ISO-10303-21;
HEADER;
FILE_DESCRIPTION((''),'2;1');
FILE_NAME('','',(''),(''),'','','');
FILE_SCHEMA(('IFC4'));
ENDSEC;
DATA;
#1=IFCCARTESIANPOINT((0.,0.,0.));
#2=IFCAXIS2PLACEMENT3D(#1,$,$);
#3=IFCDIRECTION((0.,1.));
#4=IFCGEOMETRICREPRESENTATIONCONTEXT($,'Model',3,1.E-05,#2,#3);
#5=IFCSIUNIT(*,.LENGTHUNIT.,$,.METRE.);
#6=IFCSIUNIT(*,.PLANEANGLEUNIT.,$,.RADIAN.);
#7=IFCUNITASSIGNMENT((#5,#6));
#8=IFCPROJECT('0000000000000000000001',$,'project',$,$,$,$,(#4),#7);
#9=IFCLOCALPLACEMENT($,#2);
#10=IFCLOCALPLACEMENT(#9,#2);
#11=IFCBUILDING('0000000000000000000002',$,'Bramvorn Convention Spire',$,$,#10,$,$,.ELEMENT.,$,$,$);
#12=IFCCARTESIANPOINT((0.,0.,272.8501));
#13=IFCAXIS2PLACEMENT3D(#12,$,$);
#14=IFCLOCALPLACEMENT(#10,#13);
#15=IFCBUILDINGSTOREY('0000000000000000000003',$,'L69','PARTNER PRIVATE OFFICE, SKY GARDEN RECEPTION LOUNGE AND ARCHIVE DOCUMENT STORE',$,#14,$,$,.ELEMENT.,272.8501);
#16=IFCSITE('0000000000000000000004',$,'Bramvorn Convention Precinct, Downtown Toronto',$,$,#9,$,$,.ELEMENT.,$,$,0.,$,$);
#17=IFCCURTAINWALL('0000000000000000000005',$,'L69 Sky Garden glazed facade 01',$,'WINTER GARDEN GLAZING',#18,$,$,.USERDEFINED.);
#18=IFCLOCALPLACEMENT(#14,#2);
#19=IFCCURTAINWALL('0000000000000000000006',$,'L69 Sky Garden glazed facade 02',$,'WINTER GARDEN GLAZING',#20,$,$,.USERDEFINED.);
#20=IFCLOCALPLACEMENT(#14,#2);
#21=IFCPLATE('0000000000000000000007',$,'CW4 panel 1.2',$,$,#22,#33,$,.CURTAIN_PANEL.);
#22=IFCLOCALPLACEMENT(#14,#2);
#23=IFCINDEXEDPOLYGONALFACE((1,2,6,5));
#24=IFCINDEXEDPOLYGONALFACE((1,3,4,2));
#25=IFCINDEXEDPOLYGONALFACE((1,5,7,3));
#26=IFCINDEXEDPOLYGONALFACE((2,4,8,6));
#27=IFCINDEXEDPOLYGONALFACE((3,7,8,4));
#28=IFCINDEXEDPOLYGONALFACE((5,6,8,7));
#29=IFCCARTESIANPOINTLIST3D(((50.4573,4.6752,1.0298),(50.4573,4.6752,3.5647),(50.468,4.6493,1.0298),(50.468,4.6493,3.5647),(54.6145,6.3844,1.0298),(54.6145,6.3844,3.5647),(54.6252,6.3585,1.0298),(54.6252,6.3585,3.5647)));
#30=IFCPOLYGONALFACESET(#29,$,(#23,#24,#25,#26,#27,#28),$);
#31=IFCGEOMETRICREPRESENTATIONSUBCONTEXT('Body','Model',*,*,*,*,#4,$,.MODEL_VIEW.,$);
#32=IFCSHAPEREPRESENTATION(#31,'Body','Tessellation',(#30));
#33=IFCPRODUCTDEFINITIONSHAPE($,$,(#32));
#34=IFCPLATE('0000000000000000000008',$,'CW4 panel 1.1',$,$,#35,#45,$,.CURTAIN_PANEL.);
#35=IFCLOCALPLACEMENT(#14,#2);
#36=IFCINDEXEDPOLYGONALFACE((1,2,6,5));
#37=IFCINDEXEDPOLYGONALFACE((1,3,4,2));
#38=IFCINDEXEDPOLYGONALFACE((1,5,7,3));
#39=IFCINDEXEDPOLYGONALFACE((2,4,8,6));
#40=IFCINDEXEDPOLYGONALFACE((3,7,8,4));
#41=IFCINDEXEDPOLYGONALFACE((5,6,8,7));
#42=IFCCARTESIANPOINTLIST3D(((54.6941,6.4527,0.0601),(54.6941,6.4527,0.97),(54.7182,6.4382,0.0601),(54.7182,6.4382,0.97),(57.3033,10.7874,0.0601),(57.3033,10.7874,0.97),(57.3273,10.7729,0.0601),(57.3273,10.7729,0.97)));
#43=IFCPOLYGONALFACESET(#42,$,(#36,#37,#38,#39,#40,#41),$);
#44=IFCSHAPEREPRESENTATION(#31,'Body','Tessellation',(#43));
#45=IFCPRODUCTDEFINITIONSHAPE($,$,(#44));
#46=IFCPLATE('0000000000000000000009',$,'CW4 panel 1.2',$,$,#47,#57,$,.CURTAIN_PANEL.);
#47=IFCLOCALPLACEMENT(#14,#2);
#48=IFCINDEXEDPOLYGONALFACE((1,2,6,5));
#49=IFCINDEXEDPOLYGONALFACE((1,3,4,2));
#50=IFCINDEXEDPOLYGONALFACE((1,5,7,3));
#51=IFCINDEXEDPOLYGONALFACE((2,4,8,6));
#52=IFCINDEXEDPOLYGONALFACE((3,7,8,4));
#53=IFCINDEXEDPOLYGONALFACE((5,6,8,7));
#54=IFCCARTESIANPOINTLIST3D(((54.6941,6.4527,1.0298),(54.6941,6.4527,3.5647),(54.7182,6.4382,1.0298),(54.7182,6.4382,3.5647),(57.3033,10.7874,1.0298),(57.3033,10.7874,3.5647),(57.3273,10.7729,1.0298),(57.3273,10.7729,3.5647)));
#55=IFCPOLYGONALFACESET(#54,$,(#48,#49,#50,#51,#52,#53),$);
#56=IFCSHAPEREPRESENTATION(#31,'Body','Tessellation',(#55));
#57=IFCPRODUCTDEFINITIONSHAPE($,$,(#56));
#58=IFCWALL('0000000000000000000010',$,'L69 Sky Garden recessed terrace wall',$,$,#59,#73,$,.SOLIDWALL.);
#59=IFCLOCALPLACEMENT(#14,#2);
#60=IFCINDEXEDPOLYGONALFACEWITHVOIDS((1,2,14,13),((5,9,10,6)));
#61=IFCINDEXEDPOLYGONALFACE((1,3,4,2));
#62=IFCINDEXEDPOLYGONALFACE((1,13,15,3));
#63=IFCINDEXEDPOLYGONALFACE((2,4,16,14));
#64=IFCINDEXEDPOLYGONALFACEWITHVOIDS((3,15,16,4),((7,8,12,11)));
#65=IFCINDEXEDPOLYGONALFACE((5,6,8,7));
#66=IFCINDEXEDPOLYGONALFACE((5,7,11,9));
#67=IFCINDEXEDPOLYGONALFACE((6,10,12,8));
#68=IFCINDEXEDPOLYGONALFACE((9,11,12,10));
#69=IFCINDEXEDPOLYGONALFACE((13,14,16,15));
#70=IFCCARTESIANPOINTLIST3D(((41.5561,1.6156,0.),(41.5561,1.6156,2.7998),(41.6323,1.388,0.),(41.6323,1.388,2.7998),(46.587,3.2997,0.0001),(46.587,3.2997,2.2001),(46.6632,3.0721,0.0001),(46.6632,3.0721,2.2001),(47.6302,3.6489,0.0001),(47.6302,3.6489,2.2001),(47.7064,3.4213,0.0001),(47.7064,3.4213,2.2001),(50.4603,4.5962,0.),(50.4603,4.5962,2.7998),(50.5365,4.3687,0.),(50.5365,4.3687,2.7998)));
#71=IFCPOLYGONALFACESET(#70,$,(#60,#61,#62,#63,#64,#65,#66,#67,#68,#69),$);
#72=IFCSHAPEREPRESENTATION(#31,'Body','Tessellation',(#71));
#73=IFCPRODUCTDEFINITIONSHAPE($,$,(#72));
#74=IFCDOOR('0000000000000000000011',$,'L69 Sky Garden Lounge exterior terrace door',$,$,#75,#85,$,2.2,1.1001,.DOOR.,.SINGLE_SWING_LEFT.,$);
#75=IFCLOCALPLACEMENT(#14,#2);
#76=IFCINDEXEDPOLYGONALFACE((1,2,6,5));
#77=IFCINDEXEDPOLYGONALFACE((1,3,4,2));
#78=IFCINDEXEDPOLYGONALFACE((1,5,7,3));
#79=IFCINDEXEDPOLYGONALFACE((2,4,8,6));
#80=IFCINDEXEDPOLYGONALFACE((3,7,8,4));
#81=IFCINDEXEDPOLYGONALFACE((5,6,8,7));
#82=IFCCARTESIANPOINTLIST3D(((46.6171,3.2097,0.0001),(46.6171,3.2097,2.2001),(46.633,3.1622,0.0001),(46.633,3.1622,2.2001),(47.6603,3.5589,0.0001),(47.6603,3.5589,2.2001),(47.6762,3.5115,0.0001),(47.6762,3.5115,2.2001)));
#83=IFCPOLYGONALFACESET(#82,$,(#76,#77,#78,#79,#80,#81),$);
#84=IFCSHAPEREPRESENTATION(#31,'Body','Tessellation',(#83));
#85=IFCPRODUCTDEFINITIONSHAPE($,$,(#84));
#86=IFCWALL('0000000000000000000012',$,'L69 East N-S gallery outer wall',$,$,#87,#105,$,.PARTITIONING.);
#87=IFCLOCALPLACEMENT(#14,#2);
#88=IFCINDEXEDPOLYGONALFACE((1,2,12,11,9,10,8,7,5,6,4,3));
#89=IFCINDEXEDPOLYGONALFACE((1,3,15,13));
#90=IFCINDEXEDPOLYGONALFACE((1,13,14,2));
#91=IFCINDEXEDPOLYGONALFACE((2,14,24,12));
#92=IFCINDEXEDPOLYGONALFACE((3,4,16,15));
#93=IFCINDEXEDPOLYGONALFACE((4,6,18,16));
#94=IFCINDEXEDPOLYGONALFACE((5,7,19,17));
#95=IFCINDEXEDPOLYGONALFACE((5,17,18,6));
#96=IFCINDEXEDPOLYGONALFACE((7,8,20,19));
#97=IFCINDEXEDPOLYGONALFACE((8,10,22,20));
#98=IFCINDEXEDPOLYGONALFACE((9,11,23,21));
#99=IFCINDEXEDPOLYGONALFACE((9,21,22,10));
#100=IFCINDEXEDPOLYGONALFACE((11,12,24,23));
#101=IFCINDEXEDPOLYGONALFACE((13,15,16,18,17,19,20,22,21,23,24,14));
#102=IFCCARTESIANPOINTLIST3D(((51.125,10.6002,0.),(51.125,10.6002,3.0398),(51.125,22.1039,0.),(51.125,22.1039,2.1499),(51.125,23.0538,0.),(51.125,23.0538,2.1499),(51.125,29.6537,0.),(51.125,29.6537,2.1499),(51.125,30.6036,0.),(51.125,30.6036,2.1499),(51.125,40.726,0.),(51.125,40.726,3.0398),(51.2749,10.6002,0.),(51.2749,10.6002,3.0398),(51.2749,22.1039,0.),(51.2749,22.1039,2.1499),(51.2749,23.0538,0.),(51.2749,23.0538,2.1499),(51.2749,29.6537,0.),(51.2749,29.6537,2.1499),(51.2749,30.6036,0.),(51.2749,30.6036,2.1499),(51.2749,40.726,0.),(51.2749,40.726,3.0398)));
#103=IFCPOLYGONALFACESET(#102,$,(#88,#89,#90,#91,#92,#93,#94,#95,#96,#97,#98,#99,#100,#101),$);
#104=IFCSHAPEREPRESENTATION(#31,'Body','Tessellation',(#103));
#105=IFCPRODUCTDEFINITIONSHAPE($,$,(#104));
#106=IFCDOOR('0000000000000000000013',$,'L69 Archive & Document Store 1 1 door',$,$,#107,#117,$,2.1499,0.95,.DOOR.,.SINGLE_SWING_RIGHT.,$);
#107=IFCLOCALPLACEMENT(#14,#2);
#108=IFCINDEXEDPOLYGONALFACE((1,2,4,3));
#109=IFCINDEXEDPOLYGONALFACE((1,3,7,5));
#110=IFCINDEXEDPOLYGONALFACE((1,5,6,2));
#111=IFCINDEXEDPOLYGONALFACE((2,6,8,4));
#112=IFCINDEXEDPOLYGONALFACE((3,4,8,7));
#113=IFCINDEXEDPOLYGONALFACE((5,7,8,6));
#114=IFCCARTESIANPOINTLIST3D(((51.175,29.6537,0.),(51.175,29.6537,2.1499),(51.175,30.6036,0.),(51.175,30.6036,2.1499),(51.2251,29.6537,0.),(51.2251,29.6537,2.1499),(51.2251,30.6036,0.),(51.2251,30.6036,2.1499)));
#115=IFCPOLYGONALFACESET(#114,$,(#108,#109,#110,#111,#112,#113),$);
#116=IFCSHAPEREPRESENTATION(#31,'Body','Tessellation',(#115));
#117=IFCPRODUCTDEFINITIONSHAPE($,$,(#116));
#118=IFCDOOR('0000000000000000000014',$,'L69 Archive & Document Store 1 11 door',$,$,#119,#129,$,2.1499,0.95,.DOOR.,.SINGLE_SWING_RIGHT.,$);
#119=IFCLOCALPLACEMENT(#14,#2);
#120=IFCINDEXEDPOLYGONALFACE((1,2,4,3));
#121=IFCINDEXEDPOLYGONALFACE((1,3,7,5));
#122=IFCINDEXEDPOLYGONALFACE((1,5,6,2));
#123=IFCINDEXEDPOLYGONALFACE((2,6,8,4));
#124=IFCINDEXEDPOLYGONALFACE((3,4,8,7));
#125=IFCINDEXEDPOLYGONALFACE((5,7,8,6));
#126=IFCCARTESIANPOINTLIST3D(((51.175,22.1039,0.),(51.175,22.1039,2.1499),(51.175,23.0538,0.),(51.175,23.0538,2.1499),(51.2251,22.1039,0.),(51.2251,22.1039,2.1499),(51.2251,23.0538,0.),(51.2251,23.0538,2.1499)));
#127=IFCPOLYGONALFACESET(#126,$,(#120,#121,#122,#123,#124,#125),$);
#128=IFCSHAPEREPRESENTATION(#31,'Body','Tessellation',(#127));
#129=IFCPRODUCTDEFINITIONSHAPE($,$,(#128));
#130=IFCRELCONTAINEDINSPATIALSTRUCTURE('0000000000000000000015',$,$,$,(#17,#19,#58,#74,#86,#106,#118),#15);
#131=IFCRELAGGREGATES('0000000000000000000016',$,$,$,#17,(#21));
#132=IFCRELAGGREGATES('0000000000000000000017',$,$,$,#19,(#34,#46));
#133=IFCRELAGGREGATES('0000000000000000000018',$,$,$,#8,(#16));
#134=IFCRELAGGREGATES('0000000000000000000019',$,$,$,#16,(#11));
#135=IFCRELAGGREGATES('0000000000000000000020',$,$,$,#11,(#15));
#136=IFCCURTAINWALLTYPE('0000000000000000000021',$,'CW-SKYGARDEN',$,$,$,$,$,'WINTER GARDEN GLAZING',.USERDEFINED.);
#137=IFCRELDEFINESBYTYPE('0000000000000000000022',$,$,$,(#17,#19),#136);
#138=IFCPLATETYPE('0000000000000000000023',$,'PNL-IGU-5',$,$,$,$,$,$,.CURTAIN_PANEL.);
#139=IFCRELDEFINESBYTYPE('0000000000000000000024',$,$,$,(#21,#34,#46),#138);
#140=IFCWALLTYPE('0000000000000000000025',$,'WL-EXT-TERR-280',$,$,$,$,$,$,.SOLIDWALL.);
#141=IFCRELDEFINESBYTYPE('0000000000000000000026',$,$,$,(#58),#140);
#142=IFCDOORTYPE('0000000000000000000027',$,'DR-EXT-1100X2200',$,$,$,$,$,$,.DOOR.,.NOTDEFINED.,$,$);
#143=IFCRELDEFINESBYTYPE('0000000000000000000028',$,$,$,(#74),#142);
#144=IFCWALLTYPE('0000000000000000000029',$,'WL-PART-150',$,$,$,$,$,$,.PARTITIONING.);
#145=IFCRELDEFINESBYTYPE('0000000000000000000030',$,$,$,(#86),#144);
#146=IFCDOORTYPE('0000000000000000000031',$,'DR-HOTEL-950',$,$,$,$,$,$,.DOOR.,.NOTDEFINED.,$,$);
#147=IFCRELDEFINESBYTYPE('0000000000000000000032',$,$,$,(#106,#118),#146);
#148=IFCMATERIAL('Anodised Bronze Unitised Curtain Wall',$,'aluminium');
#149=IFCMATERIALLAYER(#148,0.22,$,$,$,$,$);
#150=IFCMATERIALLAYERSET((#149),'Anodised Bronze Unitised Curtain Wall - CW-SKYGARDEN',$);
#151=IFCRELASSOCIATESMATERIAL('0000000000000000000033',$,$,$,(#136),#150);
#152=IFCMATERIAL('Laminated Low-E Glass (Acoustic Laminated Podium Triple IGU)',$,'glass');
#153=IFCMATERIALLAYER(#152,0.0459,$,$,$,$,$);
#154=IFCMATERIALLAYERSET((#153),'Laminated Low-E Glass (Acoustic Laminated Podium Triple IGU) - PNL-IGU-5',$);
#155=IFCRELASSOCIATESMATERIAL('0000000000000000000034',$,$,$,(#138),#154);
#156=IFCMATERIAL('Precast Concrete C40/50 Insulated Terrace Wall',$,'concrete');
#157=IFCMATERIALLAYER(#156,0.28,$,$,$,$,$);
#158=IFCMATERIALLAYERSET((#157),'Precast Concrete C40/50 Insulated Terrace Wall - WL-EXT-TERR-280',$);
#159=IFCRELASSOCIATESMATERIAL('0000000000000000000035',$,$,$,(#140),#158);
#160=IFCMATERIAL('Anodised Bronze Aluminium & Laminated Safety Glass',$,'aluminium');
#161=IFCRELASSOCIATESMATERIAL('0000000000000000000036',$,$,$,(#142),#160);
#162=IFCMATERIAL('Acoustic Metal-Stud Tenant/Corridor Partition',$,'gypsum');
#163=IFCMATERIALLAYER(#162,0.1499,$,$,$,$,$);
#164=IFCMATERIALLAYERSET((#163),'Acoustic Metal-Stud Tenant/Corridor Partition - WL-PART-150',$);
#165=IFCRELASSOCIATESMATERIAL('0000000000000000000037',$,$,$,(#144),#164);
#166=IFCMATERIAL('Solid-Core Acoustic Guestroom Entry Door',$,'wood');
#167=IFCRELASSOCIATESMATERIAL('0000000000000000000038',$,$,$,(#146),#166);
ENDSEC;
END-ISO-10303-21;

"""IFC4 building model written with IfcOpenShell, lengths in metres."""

from ifc_helpers import new_model, si_unit, direction, frame, frame_2d, origin, origin_2d, place, context, subcontext, project, spatial, rectangle, extrude, material, layer, layer_set, type_object, element, fill, aggregate, save


model = new_model("IFC4")

# Units and contexts
model_context = context("Model", 3, precision=1e-05, world=origin(), true_north=direction((0.0, 1.0)))
body_context = subcontext(model_context, "Body", "Model", "MODEL_VIEW")
ifc_project = project(units=[si_unit("LENGTHUNIT", "METRE"), si_unit("PLANEANGLEUNIT", "RADIAN")], contexts=[model_context])

# Site, building, storey
site_placement = place(None, origin())
site = spatial("IfcSite", under=ifc_project, at=site_placement, Name="Bramvorn Convention Precinct, Downtown Toronto", CompositionType="ELEMENT", RefElevation=0.0)
building_placement = place(site_placement, origin())
building = spatial("IfcBuilding", under=site, at=building_placement, Name="Bramvorn Convention Spire", CompositionType="ELEMENT")
storey_placement = place(building_placement, frame((0.0, 0.0, 272.8501)))
storey = spatial("IfcBuildingStorey", under=building, at=storey_placement, Name="L69", Description="PARTNER PRIVATE OFFICE, SKY GARDEN RECEPTION LOUNGE AND ARCHIVE DOCUMENT STORE", CompositionType="ELEMENT", Elevation=272.8501)

# Curtain wall
ifc_material_1 = material(Name="Anodised Bronze Unitised Curtain Wall", Category="aluminium")
ifc_layer_1 = layer(ifc_material_1, 0.22)
ifc_layer_set_1 = layer_set([ifc_layer_1], Name="Anodised Bronze Unitised Curtain Wall - CW-SKYGARDEN")
curtain_wall_type = type_object("IfcCurtainWallType", Name="CW-SKYGARDEN", ElementType="WINTER GARDEN GLAZING", PredefinedType="USERDEFINED", material=ifc_layer_set_1)
curtain_wall_1_placement = place(storey_placement, origin())
curtain_wall_1 = element("IfcCurtainWall", 1, at=curtain_wall_1_placement, inside=storey, type_object=curtain_wall_type, Name="L69 Sky Garden glazed facade 01", ObjectType="WINTER GARDEN GLAZING", PredefinedType="USERDEFINED")

# Curtain wall
curtain_wall_2_placement = place(storey_placement, origin())
curtain_wall_2 = element("IfcCurtainWall", 2, at=curtain_wall_2_placement, inside=storey, type_object=curtain_wall_type, Name="L69 Sky Garden glazed facade 02", ObjectType="WINTER GARDEN GLAZING", PredefinedType="USERDEFINED")

# Plates
ifc_material_2 = material(Name="Laminated Low-E Glass (Acoustic Laminated Podium Triple IGU)", Category="glass")
ifc_layer_2 = layer(ifc_material_2, 0.0459)
ifc_layer_set_2 = layer_set([ifc_layer_2], Name="Laminated Low-E Glass (Acoustic Laminated Podium Triple IGU) - PNL-IGU-5")
plate_type = type_object("IfcPlateType", Name="PNL-IGU-5", PredefinedType="CURTAIN_PANEL", material=ifc_layer_set_2)
plate_1_placement = place(storey_placement, frame((52.5413, 5.5168, 1.0298), z_axis=(0.0, 0.0, 1.0), x_axis=(-0.92488, -0.380258, 0.0)))
plate_1 = element("IfcPlate", 3, at=plate_1_placement, type_object=plate_type, Name="CW4 panel 1.2", PredefinedType="CURTAIN_PANEL", context=body_context, shape_type="SweptSolid", body=[
    extrude(rectangle(XDim=4.4949, YDim=0.0281, at=origin_2d()), origin(), (0.0, 0.0, 1.0), 2.5349),
])
aggregate(curtain_wall_1, [plate_1])
plate_2_placement = place(storey_placement, frame((56.0107, 8.6128, 0.0601), z_axis=(0.0, 0.0, 1.0), x_axis=(-0.51571, -0.856763, 0.0)))
plate_2 = element("IfcPlate", 4, at=plate_2_placement, type_object=plate_type, Name="CW4 panel 1.1", PredefinedType="CURTAIN_PANEL", context=body_context, shape_type="SweptSolid", body=[
    extrude(rectangle(XDim=5.0593, YDim=0.0281, at=origin_2d()), origin(), (0.0, 0.0, 1.0), 0.9099),
])
plate_3_placement = place(storey_placement, frame((56.0107, 8.6128, 1.0298), z_axis=(0.0, 0.0, 1.0), x_axis=(-0.51571, -0.856763, 0.0)))
plate_3 = element("IfcPlate", 5, at=plate_3_placement, type_object=plate_type, Name="CW4 panel 1.2", PredefinedType="CURTAIN_PANEL", context=body_context, shape_type="SweptSolid", body=[
    extrude(rectangle(XDim=5.0593, YDim=0.0281, at=origin_2d()), origin(), (0.0, 0.0, 1.0), 2.5349),
])
aggregate(curtain_wall_2, [plate_2, plate_3])

# Wall, opening, door
ifc_material_3 = material(Name="Precast Concrete C40/50 Insulated Terrace Wall", Category="concrete")
ifc_layer_3 = layer(ifc_material_3, 0.28)
ifc_layer_set_3 = layer_set([ifc_layer_3], Name="Precast Concrete C40/50 Insulated Terrace Wall - WL-EXT-TERR-280")
wall_type_1 = type_object("IfcWallType", Name="WL-EXT-TERR-280", PredefinedType="SOLIDWALL", material=ifc_layer_set_3)
wall_1_placement = place(storey_placement, frame((50.4983, 4.4824, 0.0), z_axis=(0.0, 0.0, 1.0), x_axis=(-0.94828, -0.317437, 0.0)))
wall_1 = element("IfcWall", 6, at=wall_1_placement, inside=storey, type_object=wall_type_1, Name="L69 Sky Garden recessed terrace wall", PredefinedType="SOLIDWALL", context=body_context, shape_type="SweptSolid", body=[
    extrude(rectangle(XDim=9.3899, YDim=0.24, at=frame_2d((4.6948, 0.0))), origin(), (0.0, 0.0, 1.0), 2.7998),
])
opening_1_placement = place(wall_1_placement, frame((2.9844, 0.0, 0.0)))
opening_1 = element("IfcOpeningElement", 7, at=opening_1_placement, cuts=wall_1, PredefinedType="OPENING", context=body_context, shape_type="SweptSolid", body=[
    extrude(rectangle(XDim=1.1001, YDim=2.2, at=frame_2d((0.55, 1.1001))), frame((0.0, 0.1299, 0.0), z_axis=(0.0, -1.0, 0.0), x_axis=(1.0, 0.0, 0.0)), (0.0, 0.0, 1.0), 0.26),
])
ifc_material_4 = material(Name="Anodised Bronze Aluminium & Laminated Safety Glass", Category="aluminium")
door_type_1 = type_object("IfcDoorType", Name="DR-EXT-1100X2200", OperationType="NOTDEFINED", PredefinedType="DOOR", material=ifc_material_4)
door_1_placement = place(opening_1_placement, origin())
door_1 = element("IfcDoor", 8, at=door_1_placement, inside=storey, type_object=door_type_1, Name="L69 Sky Garden Lounge exterior terrace door", OperationType="SINGLE_SWING_LEFT", OverallHeight=2.2, OverallWidth=1.1001, PredefinedType="DOOR", context=body_context, shape_type="SweptSolid", body=[
    extrude(rectangle(XDim=1.1001, YDim=2.2, at=frame_2d((0.55, 1.1001))), frame((0.0, 0.0249, 0.0), z_axis=(0.0, -1.0, 0.0), x_axis=(1.0, 0.0, 0.0)), (0.0, 0.0, 1.0), 0.05),
])
fill(opening_1, door_1)

# Wall, openings, doors
ifc_material_5 = material(Name="Acoustic Metal-Stud Tenant/Corridor Partition", Category="gypsum")
ifc_layer_4 = layer(ifc_material_5, 0.1499)
ifc_layer_set_4 = layer_set([ifc_layer_4], Name="Acoustic Metal-Stud Tenant/Corridor Partition - WL-PART-150")
wall_type_2 = type_object("IfcWallType", Name="WL-PART-150", PredefinedType="PARTITIONING", material=ifc_layer_set_4)
wall_2_placement = place(storey_placement, frame((51.2, 10.6001, 0.0), z_axis=(0.0, 0.0, 1.0), x_axis=(0.0, 1.0, 0.0)))
wall_2 = element("IfcWall", 9, at=wall_2_placement, inside=storey, type_object=wall_type_2, Name="L69 East N-S gallery outer wall", PredefinedType="PARTITIONING", context=body_context, shape_type="SweptSolid", body=[
    extrude(rectangle(XDim=30.1257, YDim=0.1499, at=frame_2d((15.063, 0.0))), origin(), (0.0, 0.0, 1.0), 3.0398),
])
opening_2_placement = place(wall_2_placement, frame((19.0535, 0.0, 0.0)))
opening_2 = element("IfcOpeningElement", 10, at=opening_2_placement, cuts=wall_2, PredefinedType="OPENING", context=body_context, shape_type="SweptSolid", body=[
    extrude(rectangle(XDim=0.95, YDim=2.1499, at=frame_2d((0.4751, 1.075))), frame((0.0, 0.085, 0.0), z_axis=(0.0, -1.0, 0.0), x_axis=(1.0, 0.0, 0.0)), (0.0, 0.0, 1.0), 0.1699),
])
opening_3_placement = place(wall_2_placement, frame((11.5037, 0.0, 0.0)))
opening_3 = element("IfcOpeningElement", 11, at=opening_3_placement, cuts=wall_2, PredefinedType="OPENING", context=body_context, shape_type="SweptSolid", body=[
    extrude(rectangle(XDim=0.95, YDim=2.1499, at=frame_2d((0.4751, 1.075))), frame((0.0, 0.085, 0.0), z_axis=(0.0, -1.0, 0.0), x_axis=(1.0, 0.0, 0.0)), (0.0, 0.0, 1.0), 0.1699),
])
ifc_material_6 = material(Name="Solid-Core Acoustic Guestroom Entry Door", Category="wood")
door_type_2 = type_object("IfcDoorType", Name="DR-HOTEL-950", OperationType="NOTDEFINED", PredefinedType="DOOR", material=ifc_material_6)
door_2_placement = place(opening_2_placement, origin())
door_2 = element("IfcDoor", 12, at=door_2_placement, inside=storey, type_object=door_type_2, Name="L69 Archive & Document Store 1 1 door", OperationType="SINGLE_SWING_RIGHT", OverallHeight=2.1499, OverallWidth=0.95, PredefinedType="DOOR", context=body_context, shape_type="SweptSolid", body=[
    extrude(rectangle(XDim=0.95, YDim=2.1499, at=frame_2d((0.4751, 1.075))), frame((0.0, 0.0249, 0.0), z_axis=(0.0, -1.0, 0.0), x_axis=(1.0, 0.0, 0.0)), (0.0, 0.0, 1.0), 0.05),
])
fill(opening_2, door_2)
door_3_placement = place(opening_3_placement, origin())
door_3 = element("IfcDoor", 13, at=door_3_placement, inside=storey, type_object=door_type_2, Name="L69 Archive & Document Store 1 11 door", OperationType="SINGLE_SWING_RIGHT", OverallHeight=2.1499, OverallWidth=0.95, PredefinedType="DOOR", context=body_context, shape_type="SweptSolid", body=[
    extrude(rectangle(XDim=0.95, YDim=2.1499, at=frame_2d((0.4751, 1.075))), frame((0.0, 0.0249, 0.0), z_axis=(0.0, -1.0, 0.0), x_axis=(1.0, 0.0, 0.0)), (0.0, 0.0, 1.0), 0.05),
])
fill(opening_3, door_3)

save(model, "model.ifc")
